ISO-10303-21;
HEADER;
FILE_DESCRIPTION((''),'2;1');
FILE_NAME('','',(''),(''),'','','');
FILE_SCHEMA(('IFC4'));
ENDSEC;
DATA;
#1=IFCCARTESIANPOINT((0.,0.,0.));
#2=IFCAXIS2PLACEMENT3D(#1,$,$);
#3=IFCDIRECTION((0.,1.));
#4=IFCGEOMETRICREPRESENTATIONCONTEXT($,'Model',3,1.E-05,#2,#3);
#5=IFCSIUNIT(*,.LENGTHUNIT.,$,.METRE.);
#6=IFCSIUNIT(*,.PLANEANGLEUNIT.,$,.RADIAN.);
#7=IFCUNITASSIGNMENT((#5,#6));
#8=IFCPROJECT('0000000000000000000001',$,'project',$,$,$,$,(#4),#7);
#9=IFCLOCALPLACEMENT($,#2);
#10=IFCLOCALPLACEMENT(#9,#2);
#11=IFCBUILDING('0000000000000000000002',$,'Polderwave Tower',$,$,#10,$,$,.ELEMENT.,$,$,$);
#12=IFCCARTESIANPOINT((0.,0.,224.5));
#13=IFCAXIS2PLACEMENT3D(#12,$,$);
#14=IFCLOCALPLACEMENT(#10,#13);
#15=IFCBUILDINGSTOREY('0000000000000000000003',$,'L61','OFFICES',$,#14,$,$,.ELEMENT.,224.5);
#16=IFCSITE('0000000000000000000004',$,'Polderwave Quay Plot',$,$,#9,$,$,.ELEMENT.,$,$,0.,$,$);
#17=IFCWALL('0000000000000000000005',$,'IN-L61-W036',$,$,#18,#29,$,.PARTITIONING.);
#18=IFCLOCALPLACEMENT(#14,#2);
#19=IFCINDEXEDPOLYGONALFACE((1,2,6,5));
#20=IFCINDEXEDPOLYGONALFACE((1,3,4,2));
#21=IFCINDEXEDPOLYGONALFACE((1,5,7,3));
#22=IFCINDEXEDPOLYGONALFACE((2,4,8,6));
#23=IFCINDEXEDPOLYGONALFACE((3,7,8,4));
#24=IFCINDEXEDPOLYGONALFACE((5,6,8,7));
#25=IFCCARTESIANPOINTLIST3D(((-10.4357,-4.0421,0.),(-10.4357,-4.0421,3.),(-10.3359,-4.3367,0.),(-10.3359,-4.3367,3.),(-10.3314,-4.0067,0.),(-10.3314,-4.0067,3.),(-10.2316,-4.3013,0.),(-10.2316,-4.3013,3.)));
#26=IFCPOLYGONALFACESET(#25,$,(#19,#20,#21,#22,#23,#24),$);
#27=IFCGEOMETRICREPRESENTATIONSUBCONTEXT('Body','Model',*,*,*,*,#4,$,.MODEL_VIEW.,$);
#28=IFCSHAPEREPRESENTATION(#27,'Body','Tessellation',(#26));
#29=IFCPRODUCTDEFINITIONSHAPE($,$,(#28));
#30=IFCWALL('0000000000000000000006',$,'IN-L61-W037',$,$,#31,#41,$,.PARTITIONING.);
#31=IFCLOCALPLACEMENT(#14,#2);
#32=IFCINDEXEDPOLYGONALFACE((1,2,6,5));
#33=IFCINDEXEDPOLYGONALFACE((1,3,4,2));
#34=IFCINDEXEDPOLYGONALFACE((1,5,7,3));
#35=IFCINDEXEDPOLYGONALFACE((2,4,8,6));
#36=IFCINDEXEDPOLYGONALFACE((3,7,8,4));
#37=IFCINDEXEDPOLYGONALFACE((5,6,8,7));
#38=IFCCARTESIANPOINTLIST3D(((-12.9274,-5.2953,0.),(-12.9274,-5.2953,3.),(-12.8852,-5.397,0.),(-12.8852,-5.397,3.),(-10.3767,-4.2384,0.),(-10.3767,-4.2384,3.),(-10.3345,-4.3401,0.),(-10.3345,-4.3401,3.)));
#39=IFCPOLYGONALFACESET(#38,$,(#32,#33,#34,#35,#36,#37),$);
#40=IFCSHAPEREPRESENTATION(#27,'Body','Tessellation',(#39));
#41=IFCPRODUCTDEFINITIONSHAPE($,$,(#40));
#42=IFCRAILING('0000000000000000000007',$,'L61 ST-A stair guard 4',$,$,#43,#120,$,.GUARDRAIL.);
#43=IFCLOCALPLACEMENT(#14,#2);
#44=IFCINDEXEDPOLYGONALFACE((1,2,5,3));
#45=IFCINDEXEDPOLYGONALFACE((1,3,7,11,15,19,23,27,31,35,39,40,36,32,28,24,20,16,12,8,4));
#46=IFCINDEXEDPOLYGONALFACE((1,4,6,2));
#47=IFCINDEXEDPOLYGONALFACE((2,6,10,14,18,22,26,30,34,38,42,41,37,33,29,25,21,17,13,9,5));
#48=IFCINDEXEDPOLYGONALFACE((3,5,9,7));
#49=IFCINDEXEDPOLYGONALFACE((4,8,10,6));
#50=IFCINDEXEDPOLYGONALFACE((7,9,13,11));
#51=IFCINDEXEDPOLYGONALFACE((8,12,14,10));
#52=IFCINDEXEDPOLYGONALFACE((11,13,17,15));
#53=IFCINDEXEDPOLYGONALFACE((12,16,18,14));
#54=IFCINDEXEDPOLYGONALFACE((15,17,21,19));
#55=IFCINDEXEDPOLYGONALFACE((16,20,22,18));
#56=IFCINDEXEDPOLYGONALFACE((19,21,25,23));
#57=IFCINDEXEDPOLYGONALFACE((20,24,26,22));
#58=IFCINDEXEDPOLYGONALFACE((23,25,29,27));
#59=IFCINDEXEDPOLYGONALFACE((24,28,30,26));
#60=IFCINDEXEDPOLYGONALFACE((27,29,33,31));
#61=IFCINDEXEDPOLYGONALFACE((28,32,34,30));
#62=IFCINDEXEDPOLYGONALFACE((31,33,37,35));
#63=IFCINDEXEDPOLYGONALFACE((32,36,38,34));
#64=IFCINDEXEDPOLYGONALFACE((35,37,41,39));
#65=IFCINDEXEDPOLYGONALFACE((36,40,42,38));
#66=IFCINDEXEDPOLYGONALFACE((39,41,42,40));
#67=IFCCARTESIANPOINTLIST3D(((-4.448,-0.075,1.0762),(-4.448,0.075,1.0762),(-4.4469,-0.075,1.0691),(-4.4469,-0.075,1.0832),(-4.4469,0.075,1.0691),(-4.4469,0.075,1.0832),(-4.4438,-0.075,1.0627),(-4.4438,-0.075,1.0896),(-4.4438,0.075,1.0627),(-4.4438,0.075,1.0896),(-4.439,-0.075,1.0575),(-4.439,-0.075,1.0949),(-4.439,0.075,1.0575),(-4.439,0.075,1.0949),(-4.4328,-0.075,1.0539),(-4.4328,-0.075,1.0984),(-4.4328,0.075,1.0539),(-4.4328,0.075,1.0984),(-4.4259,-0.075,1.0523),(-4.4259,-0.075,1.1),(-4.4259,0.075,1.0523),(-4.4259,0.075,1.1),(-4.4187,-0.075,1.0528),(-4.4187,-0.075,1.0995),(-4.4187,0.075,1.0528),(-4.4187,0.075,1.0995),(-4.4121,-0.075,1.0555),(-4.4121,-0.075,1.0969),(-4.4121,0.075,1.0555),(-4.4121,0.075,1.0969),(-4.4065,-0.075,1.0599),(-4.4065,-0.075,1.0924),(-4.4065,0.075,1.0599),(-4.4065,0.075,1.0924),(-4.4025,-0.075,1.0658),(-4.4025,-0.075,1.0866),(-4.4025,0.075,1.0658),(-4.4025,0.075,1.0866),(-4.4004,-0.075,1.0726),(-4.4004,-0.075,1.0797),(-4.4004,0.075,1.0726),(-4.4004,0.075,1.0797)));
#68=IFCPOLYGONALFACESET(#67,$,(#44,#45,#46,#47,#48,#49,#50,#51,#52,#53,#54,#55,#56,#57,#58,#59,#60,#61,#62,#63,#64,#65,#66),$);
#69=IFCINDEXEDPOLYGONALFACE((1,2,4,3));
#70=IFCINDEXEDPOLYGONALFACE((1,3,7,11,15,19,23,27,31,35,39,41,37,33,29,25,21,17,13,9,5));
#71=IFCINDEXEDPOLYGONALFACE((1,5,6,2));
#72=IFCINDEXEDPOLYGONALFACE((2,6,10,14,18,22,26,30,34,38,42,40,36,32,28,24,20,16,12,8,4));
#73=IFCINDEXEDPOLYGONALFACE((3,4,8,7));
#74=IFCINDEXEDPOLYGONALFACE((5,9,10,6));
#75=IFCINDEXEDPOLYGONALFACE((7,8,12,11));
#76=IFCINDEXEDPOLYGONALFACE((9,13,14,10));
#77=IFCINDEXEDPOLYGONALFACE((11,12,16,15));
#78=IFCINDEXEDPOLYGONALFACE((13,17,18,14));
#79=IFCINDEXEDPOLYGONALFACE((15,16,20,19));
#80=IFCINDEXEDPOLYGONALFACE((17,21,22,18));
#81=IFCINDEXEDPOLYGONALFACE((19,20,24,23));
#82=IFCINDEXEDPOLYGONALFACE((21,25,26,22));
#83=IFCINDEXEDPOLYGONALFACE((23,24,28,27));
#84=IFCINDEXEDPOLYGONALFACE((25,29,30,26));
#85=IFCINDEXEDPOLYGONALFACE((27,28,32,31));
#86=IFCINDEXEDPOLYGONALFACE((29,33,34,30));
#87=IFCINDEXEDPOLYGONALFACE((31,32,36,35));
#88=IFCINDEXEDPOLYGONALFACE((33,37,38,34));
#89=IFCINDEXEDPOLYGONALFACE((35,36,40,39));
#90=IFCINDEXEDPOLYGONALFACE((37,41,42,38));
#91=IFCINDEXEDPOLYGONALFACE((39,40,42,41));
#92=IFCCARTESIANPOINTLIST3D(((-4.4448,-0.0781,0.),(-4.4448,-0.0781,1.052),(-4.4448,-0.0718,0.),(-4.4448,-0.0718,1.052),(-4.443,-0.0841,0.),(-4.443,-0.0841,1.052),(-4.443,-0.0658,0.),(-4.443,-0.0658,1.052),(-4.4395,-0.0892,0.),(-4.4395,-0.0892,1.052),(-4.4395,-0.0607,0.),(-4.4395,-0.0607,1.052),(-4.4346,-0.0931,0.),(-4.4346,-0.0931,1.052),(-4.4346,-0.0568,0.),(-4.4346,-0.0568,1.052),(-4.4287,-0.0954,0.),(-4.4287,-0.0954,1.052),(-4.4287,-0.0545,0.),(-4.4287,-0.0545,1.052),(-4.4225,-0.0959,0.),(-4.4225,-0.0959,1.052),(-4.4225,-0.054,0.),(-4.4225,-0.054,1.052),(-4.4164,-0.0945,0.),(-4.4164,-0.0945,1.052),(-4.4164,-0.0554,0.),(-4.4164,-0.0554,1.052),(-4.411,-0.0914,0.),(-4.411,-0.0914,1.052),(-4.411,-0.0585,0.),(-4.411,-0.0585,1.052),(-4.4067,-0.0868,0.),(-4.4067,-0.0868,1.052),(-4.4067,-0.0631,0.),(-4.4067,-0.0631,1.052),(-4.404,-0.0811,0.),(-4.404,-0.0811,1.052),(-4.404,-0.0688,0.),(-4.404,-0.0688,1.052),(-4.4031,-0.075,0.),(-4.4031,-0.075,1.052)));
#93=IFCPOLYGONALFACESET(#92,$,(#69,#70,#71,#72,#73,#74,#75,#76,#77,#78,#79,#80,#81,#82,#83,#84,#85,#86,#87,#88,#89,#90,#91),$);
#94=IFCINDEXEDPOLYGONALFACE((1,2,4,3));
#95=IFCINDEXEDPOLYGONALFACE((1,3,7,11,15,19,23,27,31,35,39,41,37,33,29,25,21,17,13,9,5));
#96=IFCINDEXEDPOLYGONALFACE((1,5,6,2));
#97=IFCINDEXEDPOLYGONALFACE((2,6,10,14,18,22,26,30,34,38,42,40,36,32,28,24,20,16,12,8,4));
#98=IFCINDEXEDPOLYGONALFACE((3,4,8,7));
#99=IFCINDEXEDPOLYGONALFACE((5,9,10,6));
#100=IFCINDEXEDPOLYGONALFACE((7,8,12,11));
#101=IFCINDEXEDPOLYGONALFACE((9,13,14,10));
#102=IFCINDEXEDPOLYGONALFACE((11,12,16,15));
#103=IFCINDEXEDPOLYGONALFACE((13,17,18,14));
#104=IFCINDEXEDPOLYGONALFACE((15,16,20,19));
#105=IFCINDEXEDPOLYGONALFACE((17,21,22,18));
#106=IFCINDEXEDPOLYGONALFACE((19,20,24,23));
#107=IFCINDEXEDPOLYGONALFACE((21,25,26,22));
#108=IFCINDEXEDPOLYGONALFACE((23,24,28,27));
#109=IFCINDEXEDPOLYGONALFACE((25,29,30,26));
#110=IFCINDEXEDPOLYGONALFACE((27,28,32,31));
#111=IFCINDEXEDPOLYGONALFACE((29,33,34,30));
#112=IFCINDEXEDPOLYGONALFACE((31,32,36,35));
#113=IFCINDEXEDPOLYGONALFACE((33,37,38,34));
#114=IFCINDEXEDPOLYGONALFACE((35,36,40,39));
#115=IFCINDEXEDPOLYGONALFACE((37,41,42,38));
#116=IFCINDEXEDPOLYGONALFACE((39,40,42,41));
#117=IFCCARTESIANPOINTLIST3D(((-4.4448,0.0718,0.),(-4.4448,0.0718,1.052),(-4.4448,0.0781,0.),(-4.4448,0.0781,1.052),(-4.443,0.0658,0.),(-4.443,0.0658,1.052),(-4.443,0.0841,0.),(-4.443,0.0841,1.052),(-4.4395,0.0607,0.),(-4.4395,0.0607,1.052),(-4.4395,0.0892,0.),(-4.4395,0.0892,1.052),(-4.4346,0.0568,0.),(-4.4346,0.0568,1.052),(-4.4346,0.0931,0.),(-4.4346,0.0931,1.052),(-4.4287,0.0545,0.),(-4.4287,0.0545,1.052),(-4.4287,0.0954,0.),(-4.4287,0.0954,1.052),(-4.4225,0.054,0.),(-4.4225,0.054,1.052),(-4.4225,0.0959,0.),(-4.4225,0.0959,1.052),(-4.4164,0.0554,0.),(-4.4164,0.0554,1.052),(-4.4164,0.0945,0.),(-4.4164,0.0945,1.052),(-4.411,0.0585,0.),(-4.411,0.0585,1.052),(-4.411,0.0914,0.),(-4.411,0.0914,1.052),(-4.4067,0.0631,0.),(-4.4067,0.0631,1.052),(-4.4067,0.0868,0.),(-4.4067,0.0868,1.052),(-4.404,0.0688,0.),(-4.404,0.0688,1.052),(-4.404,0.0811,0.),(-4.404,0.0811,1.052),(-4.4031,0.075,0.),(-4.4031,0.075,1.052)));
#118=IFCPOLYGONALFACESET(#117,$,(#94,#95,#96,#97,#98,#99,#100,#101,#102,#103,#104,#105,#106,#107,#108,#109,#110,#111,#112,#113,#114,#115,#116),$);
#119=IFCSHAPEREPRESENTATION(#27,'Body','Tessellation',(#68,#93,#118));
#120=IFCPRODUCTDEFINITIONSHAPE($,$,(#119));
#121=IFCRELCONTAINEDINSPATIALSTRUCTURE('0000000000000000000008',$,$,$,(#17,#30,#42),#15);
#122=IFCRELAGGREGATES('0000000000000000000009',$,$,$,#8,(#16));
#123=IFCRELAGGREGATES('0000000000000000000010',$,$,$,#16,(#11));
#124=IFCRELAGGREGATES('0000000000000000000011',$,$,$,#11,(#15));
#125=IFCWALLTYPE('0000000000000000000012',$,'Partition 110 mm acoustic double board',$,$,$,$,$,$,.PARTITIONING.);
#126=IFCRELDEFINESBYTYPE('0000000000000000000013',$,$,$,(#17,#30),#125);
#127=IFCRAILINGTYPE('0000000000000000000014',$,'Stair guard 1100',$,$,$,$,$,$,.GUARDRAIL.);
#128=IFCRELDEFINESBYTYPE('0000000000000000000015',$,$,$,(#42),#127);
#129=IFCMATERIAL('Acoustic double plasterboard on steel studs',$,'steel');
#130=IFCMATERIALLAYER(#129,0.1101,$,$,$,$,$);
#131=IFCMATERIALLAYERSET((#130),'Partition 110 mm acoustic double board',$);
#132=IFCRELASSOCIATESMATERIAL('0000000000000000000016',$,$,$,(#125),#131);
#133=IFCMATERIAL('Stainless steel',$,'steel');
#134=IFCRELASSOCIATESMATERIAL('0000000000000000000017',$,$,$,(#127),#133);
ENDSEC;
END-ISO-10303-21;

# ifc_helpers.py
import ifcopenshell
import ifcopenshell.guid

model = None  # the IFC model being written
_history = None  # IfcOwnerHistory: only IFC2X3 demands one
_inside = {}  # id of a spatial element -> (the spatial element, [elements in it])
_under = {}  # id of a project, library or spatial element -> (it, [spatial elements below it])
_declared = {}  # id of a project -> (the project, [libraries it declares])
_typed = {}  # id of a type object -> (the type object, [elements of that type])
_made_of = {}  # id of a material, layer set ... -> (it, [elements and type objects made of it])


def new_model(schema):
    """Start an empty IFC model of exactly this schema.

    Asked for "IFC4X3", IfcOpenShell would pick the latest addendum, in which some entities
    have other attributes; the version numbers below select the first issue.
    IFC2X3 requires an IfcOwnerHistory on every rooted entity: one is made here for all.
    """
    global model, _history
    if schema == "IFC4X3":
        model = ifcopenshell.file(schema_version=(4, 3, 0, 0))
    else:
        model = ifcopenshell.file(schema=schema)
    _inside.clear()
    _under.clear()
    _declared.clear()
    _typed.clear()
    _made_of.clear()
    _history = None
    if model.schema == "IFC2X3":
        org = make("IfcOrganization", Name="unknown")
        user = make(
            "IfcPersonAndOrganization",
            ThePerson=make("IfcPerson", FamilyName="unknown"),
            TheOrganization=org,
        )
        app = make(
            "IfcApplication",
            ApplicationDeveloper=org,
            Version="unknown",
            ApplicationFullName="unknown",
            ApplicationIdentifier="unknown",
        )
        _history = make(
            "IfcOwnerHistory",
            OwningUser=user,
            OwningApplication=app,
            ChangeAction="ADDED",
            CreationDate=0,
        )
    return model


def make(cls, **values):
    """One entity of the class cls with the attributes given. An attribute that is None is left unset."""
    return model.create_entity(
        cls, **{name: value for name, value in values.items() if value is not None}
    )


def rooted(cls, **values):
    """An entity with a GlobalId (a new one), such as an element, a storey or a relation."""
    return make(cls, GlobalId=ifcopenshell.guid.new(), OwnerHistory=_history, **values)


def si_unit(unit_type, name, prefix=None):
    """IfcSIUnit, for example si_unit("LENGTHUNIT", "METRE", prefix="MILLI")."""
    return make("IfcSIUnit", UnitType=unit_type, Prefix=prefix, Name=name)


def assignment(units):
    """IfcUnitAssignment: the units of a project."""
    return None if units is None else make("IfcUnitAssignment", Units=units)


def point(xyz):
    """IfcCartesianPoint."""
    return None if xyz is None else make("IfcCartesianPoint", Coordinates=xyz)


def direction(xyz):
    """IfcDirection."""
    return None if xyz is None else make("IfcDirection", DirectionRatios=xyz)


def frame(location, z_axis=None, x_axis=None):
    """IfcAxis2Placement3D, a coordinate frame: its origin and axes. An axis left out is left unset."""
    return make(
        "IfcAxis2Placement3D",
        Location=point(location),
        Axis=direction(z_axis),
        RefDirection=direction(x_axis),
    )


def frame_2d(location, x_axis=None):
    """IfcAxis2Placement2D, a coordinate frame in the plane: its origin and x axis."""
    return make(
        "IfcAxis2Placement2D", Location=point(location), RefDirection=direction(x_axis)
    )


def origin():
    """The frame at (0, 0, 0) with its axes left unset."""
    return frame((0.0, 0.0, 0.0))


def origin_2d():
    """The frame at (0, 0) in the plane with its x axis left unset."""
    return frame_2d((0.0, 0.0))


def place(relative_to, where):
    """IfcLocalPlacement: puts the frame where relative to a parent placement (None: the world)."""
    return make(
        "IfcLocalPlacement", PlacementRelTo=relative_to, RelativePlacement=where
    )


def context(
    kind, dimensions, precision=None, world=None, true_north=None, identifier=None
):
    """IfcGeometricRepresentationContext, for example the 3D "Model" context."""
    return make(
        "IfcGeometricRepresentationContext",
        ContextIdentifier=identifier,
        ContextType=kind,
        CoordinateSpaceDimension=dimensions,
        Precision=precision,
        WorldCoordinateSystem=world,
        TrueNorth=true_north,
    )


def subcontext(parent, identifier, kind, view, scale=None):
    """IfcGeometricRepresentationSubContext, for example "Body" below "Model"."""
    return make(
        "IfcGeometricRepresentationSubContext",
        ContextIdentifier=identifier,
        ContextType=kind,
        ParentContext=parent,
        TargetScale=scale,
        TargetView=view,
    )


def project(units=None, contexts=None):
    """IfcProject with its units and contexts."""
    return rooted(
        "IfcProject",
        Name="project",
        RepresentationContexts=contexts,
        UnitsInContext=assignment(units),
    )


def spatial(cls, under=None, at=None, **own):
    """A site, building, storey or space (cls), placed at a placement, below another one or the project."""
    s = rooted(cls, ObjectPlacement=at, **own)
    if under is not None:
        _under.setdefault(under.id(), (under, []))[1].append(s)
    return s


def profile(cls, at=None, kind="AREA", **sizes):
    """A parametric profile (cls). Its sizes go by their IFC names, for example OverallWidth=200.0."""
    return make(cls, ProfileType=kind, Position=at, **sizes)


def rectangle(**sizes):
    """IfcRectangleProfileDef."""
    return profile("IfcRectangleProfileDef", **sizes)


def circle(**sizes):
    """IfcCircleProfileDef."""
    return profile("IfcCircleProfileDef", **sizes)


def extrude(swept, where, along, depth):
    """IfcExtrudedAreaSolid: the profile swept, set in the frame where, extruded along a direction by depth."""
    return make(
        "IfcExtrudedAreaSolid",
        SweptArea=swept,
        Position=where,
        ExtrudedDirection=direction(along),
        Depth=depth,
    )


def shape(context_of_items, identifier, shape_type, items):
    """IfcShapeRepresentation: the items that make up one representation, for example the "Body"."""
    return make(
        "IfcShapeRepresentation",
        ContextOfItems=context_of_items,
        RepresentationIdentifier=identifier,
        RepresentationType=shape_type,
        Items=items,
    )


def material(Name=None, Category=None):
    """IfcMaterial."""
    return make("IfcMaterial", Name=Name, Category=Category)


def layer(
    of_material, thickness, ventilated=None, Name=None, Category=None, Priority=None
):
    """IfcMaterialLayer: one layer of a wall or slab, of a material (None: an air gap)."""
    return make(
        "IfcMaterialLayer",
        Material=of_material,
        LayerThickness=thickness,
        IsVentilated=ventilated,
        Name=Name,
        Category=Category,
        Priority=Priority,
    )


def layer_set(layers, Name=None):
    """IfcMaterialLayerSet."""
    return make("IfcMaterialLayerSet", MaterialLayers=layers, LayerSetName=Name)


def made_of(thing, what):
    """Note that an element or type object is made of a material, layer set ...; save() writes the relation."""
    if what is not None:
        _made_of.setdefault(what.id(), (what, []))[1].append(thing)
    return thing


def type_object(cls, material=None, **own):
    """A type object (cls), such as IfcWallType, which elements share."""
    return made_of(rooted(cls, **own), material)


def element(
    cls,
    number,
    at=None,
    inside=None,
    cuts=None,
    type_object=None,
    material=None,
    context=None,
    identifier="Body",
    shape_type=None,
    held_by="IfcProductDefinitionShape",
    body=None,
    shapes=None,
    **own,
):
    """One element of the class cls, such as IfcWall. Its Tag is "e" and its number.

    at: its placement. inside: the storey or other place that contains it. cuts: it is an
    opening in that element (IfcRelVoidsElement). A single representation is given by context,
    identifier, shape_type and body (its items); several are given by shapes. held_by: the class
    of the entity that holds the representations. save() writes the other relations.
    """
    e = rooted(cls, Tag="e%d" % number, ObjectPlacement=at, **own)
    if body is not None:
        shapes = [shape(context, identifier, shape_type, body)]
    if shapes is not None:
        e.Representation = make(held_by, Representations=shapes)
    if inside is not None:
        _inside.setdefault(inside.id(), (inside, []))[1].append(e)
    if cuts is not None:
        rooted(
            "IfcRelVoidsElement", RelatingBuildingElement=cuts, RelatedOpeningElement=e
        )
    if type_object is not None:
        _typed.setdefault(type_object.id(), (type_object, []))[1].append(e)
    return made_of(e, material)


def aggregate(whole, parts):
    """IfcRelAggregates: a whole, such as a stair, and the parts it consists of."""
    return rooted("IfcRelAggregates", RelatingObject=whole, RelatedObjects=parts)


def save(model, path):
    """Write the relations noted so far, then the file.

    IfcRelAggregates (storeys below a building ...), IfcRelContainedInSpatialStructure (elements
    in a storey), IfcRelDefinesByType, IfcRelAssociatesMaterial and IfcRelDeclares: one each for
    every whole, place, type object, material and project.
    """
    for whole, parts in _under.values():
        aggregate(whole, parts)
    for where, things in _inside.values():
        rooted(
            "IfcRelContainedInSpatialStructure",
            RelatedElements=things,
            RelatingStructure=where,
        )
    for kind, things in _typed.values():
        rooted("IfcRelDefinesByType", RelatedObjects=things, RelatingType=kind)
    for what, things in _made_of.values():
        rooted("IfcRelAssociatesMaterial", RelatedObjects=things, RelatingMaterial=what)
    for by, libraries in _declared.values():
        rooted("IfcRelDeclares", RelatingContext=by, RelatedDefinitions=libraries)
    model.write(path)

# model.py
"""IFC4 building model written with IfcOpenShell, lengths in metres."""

from ifc_helpers import new_model, si_unit, direction, frame, frame_2d, origin, origin_2d, place, context, subcontext, project, spatial, rectangle, circle, extrude, material, layer, layer_set, type_object, element, save


model = new_model("IFC4")

# Units and contexts
model_context = context("Model", 3, precision=1e-05, world=origin(), true_north=direction((0.0, 1.0)))
body_context = subcontext(model_context, "Body", "Model", "MODEL_VIEW")
ifc_project = project(units=[si_unit("LENGTHUNIT", "METRE"), si_unit("PLANEANGLEUNIT", "RADIAN")], contexts=[model_context])

# Site, building, storey
site_placement = place(None, origin())
site = spatial("IfcSite", under=ifc_project, at=site_placement, Name="Polderwave Quay Plot", CompositionType="ELEMENT", RefElevation=0.0)
building_placement = place(site_placement, origin())
building = spatial("IfcBuilding", under=site, at=building_placement, Name="Polderwave Tower", CompositionType="ELEMENT")
storey_placement = place(building_placement, frame((0.0, 0.0, 224.5)))
storey = spatial("IfcBuildingStorey", under=building, at=storey_placement, Name="L61", Description="OFFICES", CompositionType="ELEMENT", Elevation=224.5)

# Shared definitions
ifc_material_1 = material(Name="Stainless steel", Category="steel")

# Walls
ifc_material_2 = material(Name="Acoustic double plasterboard on steel studs", Category="steel")
ifc_layer_1 = layer(ifc_material_2, 0.1101)
ifc_layer_set_1 = layer_set([ifc_layer_1], Name="Partition 110 mm acoustic double board")
wall_type_1 = type_object("IfcWallType", Name="Partition 110 mm acoustic double board", PredefinedType="PARTITIONING", material=ifc_layer_set_1)
wall_1_placement = place(storey_placement, frame((-10.3835, -4.0244, 0.0), z_axis=(0.0, 0.0, 1.0), x_axis=(0.320932, -0.947102, 0.0)))
element("IfcWall", 1, at=wall_1_placement, inside=storey, type_object=wall_type_1, Name="IN-L61-W036", PredefinedType="PARTITIONING", context=body_context, shape_type="SweptSolid", body=[
    extrude(rectangle(XDim=0.311, YDim=0.1101, at=frame_2d((0.1555, 0.0))), origin(), (0.0, 0.0, 1.0), 3.0),
])
wall_2_placement = place(storey_placement, frame((-10.3557, -4.2893, 0.0), z_axis=(0.0, 0.0, 1.0), x_axis=(-0.923839, -0.382781, 0.0)))
element("IfcWall", 2, at=wall_2_placement, inside=storey, type_object=wall_type_1, Name="IN-L61-W037", PredefinedType="PARTITIONING", context=body_context, shape_type="SweptSolid", body=[
    extrude(rectangle(XDim=2.761, YDim=0.1101, at=frame_2d((1.3804, 0.0))), origin(), (0.0, 0.0, 1.0), 3.0),
])

# Railing
railing_type = type_object("IfcRailingType", Name="Stair guard 1100", PredefinedType="GUARDRAIL", material=ifc_material_1)
railing_placement = place(storey_placement, frame((-4.4241, -0.075, 0.0)))
element("IfcRailing", 3, at=railing_placement, inside=storey, type_object=railing_type, Name="L61 ST-A stair guard 4", PredefinedType="GUARDRAIL", context=body_context, shape_type="SweptSolid", body=[
    extrude(circle(Radius=0.0239, at=origin_2d()), frame((0.0, 0.0, 1.0762), z_axis=(0.0, 1.0, 0.0), x_axis=(-1.0, 0.0, 0.0)), (0.0, 0.0, 1.0), 0.1499),
    extrude(circle(Radius=0.021, at=origin_2d()), origin(), (0.0, 0.0, 1.0), 1.052),
    extrude(circle(Radius=0.021, at=origin_2d()), frame((0.0, 0.1499, 0.0)), (0.0, 0.0, 1.0), 1.052),
])

save(model, "model.ifc")
